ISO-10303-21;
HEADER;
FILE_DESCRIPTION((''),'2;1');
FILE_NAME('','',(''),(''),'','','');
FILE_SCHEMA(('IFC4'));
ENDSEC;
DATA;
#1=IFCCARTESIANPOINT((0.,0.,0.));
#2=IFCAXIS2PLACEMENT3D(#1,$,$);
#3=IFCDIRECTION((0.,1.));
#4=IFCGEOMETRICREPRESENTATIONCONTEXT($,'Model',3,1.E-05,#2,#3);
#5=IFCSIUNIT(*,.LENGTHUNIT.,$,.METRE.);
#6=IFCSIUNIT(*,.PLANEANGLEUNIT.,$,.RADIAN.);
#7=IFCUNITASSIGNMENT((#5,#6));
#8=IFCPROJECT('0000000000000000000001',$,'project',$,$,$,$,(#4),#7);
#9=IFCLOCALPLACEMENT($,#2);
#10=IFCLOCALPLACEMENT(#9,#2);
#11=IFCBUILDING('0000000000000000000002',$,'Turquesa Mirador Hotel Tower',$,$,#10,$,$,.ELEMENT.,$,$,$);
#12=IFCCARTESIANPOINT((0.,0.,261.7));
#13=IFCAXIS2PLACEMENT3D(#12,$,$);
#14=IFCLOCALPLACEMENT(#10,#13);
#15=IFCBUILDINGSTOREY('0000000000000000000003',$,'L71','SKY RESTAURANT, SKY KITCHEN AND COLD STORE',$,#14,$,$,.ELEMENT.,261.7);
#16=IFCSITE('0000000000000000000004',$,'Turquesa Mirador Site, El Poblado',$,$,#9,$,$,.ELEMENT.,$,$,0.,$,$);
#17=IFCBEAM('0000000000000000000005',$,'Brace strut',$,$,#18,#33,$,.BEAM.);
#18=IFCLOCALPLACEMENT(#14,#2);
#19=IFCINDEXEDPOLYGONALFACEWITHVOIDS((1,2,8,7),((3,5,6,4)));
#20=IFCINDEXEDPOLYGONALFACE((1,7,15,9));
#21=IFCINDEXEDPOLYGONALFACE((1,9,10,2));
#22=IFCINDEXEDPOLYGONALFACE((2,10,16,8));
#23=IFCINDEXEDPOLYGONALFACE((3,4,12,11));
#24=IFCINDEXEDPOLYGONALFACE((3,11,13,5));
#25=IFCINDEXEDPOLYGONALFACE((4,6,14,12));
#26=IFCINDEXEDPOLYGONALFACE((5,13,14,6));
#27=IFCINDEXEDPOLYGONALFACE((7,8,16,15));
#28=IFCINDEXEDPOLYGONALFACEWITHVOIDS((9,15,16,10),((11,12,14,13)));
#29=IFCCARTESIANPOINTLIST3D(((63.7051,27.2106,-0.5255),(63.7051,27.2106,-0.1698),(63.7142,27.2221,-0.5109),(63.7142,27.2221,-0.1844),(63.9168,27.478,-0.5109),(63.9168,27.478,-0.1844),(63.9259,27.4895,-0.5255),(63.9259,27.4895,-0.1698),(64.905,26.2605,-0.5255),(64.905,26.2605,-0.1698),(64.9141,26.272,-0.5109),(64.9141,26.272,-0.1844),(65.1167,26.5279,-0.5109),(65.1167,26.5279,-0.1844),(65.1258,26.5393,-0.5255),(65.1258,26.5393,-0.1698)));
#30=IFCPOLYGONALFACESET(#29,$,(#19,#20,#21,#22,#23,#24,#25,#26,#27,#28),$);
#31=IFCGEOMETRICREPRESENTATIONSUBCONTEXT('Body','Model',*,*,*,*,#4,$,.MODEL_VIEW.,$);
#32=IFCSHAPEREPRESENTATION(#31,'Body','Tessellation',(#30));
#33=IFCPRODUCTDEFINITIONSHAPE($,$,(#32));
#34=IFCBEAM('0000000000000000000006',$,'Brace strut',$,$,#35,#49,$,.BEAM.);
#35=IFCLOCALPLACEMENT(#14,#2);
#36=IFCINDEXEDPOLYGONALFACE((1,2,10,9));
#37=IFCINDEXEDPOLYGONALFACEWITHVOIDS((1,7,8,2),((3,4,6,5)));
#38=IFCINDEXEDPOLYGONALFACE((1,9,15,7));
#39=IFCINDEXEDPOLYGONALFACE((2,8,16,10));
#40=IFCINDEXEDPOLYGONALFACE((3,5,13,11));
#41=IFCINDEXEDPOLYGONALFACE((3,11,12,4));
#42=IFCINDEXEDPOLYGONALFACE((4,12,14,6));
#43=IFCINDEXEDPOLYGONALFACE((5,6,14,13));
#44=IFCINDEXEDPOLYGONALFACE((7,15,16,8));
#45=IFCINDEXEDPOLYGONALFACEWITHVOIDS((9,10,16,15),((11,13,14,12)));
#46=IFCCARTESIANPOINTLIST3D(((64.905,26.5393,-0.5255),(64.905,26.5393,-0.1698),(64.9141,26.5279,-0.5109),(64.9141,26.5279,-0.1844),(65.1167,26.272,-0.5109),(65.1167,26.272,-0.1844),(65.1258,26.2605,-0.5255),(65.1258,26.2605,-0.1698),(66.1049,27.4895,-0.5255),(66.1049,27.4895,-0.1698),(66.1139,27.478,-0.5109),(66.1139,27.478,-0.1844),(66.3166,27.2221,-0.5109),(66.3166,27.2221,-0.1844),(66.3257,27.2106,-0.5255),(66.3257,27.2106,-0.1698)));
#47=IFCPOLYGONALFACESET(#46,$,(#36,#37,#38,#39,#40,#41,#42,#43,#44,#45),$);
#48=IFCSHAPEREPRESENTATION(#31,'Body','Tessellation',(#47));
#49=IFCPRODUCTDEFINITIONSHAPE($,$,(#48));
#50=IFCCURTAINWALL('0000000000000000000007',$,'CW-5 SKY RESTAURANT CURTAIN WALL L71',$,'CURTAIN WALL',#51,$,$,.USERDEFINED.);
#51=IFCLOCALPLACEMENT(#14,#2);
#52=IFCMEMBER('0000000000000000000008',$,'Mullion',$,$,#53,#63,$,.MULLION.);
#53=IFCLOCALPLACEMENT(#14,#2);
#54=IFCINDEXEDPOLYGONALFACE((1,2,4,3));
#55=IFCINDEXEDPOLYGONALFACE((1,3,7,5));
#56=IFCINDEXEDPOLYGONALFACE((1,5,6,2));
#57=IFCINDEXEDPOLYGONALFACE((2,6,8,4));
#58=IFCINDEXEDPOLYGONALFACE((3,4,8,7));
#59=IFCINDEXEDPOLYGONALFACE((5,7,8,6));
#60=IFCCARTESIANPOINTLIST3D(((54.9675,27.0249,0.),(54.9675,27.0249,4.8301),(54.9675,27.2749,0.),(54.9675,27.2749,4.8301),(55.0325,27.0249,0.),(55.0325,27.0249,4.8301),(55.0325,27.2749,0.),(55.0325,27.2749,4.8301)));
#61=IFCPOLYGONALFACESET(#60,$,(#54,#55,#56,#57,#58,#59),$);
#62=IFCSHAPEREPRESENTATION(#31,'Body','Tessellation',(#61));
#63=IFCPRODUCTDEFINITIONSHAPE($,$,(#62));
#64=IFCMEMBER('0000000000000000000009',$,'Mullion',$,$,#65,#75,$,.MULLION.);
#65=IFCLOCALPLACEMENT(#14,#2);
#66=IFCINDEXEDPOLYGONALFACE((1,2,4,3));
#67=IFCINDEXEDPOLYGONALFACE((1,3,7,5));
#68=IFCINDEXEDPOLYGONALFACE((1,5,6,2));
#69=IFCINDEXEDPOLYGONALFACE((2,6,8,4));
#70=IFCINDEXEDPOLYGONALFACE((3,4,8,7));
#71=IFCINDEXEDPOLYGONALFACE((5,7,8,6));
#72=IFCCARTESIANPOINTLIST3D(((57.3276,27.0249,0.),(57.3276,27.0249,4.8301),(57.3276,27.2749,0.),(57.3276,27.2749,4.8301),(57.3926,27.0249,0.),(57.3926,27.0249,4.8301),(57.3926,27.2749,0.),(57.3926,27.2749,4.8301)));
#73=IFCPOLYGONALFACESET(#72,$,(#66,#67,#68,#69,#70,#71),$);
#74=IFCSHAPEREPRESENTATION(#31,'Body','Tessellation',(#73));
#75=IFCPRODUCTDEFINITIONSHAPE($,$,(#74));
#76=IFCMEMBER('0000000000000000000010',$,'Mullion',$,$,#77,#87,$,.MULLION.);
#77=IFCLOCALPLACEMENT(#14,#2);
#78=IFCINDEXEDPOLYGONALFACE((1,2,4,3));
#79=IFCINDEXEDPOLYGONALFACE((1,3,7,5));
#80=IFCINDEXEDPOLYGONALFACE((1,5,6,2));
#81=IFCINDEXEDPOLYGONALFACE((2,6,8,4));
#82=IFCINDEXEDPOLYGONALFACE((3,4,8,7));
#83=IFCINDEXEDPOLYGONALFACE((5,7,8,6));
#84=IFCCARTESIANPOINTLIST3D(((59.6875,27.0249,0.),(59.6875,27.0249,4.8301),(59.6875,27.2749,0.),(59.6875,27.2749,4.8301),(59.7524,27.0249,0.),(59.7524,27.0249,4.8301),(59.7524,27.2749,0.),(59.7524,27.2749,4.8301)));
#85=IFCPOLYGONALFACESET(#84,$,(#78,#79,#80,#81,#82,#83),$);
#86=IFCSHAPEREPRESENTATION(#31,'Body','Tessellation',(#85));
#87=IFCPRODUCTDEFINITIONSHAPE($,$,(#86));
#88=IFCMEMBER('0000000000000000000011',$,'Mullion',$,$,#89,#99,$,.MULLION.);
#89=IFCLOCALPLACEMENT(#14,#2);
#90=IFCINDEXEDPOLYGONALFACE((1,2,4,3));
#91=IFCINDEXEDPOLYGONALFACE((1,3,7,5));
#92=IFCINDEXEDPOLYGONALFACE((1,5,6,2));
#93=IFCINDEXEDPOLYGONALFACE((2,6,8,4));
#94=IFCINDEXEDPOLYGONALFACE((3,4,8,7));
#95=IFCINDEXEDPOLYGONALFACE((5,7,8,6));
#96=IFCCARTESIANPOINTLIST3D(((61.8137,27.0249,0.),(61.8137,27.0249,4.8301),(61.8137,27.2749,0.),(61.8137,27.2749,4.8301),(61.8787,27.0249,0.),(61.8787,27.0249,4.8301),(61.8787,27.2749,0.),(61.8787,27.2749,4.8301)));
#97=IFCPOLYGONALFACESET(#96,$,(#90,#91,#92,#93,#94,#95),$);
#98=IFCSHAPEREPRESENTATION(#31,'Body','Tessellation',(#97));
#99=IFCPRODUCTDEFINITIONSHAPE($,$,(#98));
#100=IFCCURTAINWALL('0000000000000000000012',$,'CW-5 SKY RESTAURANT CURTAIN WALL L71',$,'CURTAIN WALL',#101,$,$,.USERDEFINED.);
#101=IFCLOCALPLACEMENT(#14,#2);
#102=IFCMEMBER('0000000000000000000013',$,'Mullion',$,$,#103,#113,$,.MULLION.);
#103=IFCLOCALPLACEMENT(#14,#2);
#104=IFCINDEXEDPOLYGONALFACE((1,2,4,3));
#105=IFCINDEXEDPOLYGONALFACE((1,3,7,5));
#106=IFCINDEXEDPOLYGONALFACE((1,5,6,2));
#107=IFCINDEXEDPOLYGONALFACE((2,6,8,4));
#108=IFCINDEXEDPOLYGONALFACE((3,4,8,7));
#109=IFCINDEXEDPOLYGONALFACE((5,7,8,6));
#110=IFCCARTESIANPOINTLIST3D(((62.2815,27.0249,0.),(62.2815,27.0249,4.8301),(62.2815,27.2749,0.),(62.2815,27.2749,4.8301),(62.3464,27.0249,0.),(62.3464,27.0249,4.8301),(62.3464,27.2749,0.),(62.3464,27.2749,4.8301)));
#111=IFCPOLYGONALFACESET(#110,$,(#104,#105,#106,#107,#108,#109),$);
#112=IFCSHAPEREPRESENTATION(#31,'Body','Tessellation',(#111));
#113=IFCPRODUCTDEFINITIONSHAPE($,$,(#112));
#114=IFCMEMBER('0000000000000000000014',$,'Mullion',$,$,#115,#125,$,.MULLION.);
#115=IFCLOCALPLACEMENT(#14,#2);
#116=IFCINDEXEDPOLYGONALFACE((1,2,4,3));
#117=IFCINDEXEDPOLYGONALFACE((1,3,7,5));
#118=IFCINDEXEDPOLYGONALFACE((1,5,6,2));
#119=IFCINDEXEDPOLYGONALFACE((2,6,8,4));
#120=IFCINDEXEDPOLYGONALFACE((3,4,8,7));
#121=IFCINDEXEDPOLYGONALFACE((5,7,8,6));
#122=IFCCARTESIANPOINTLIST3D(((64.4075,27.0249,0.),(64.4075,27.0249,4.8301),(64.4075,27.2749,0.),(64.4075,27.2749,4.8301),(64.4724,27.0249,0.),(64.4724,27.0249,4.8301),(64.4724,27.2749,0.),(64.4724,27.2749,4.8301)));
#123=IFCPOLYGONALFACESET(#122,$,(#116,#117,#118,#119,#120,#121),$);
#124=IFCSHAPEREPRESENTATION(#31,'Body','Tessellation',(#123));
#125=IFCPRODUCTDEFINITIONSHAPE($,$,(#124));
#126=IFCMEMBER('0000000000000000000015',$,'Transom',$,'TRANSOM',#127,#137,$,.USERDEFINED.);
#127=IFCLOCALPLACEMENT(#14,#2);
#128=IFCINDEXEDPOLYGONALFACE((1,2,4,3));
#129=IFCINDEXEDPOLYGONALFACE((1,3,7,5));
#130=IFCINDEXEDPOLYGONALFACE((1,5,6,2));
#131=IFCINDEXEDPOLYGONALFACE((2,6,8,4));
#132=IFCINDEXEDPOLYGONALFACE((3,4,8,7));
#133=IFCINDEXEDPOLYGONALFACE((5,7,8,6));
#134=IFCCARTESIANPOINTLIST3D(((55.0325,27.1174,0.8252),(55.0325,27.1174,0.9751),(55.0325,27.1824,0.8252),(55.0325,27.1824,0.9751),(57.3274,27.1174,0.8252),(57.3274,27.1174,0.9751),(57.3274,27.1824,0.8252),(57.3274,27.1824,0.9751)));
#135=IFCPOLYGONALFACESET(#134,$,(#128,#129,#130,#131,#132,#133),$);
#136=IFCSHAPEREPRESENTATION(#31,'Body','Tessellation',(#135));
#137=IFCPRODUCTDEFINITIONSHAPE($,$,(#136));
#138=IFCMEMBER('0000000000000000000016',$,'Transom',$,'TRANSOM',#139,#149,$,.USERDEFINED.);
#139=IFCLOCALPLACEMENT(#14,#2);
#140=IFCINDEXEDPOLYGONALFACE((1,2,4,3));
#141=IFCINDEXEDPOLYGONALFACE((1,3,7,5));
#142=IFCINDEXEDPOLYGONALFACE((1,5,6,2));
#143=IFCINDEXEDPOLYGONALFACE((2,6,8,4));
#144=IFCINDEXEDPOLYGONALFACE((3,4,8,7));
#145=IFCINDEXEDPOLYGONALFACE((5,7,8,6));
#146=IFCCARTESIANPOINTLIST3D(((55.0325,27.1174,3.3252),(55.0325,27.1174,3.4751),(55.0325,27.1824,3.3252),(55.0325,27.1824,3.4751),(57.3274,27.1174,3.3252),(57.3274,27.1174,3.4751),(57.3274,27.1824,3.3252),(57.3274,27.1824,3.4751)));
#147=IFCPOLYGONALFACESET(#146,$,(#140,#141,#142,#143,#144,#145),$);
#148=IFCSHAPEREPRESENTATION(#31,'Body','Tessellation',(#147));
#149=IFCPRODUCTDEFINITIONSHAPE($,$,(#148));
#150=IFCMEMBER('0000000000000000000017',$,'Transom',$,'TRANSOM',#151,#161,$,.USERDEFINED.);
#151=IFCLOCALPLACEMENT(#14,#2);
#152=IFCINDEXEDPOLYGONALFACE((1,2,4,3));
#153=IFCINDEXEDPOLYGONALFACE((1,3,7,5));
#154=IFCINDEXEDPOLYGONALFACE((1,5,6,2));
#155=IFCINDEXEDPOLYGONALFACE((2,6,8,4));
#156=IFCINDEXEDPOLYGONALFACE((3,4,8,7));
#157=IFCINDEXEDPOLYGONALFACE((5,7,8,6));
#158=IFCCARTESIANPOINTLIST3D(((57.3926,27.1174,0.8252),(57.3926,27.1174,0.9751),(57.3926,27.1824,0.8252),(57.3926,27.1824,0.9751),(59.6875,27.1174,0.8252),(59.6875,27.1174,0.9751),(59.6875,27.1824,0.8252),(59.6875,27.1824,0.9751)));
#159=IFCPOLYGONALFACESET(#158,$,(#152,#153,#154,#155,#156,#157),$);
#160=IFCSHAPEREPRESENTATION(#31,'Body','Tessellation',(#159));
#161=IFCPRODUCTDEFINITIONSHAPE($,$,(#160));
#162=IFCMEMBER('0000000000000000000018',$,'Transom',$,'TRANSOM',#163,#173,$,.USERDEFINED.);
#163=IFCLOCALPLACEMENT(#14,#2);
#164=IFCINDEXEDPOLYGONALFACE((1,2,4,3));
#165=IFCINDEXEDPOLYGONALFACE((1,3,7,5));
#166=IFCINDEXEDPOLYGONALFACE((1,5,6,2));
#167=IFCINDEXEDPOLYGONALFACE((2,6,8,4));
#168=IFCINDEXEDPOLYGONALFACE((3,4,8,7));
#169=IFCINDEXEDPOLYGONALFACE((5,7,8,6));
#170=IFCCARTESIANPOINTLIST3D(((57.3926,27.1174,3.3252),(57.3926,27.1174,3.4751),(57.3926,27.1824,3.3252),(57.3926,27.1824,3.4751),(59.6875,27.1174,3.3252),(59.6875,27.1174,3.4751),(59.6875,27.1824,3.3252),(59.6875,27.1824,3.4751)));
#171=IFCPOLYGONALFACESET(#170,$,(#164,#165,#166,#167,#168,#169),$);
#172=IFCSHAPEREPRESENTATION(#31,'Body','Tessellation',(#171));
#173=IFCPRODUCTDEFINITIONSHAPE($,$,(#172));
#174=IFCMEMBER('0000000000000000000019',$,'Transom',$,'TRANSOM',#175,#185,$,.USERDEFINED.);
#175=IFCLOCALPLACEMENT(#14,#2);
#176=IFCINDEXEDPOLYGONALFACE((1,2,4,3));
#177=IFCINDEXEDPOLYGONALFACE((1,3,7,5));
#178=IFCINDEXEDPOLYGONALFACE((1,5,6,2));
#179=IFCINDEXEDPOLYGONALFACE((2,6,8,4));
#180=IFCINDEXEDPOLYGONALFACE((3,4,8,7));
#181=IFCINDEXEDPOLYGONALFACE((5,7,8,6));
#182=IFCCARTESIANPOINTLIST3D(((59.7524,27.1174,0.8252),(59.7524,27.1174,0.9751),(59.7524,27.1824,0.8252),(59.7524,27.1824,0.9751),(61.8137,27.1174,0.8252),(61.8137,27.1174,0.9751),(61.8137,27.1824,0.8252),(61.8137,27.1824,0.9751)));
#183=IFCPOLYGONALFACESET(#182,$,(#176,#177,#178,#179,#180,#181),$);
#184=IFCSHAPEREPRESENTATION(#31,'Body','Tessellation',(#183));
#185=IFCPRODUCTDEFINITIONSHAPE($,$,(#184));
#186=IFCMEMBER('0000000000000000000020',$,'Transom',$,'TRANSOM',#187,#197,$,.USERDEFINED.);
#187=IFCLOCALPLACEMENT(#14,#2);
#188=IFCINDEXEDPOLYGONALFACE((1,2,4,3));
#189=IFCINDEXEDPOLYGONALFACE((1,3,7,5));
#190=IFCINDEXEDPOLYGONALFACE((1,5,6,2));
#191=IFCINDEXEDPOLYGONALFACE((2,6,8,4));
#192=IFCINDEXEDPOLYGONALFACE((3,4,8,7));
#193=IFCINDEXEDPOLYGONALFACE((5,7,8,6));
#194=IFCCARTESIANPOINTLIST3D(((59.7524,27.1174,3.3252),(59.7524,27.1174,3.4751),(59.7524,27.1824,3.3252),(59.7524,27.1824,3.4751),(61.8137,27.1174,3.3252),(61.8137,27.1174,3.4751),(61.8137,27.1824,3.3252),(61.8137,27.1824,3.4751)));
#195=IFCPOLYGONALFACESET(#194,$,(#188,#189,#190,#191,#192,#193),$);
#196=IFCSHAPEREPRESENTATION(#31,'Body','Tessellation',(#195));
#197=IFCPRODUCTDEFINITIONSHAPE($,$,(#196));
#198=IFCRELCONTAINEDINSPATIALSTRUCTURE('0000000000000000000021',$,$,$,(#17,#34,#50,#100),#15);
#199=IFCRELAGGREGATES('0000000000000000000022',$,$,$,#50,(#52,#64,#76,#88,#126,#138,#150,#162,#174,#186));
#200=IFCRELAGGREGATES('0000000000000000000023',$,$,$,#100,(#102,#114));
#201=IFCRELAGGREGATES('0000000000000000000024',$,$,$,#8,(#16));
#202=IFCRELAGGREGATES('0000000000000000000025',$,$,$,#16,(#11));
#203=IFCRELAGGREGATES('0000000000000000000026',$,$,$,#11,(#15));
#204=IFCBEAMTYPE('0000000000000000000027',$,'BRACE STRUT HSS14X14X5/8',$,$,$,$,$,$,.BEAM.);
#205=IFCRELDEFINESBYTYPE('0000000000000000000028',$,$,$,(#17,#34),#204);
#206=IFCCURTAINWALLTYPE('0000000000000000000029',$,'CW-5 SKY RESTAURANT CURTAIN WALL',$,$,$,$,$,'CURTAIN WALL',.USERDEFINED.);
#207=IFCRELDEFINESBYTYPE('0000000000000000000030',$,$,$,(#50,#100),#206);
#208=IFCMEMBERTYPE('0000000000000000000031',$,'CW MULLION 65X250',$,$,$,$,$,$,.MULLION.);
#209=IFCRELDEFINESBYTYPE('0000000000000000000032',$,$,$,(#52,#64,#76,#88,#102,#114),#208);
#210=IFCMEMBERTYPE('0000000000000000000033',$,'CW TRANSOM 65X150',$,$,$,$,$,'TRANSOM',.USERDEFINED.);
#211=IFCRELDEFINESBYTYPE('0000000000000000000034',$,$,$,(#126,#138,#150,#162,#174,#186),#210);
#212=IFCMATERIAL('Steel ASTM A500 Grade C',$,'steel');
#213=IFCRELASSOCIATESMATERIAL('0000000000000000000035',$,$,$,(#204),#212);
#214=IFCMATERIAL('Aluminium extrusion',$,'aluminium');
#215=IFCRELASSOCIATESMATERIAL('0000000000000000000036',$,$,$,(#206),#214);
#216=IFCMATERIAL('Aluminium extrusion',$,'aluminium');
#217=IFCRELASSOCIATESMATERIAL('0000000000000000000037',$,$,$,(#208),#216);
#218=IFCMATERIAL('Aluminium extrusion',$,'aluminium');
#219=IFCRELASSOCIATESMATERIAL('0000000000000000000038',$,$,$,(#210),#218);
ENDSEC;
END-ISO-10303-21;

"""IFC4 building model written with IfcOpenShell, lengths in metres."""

from ifc_helpers import new_model, si_unit, direction, frame, origin, origin_2d, place, context, subcontext, project, spatial, rectangle, hollow_rectangle, extrude, material, material_profile, profile_set, type_object, element, aggregate, save


model = new_model("IFC4")

# Units and contexts
model_context = context("Model", 3, precision=1e-05, world=origin(), true_north=direction((0.0, 1.0)))
body_context = subcontext(model_context, "Body", "Model", "MODEL_VIEW")
ifc_project = project(units=[si_unit("LENGTHUNIT", "METRE"), si_unit("PLANEANGLEUNIT", "RADIAN")], contexts=[model_context])

# Site, building, storey
site_placement = place(None, origin())
site = spatial("IfcSite", under=ifc_project, at=site_placement, Name="Turquesa Mirador Site, El Poblado", CompositionType="ELEMENT", RefElevation=0.0)
building_placement = place(site_placement, origin())
building = spatial("IfcBuilding", under=site, at=building_placement, Name="Turquesa Mirador Hotel Tower", CompositionType="ELEMENT")
storey_placement = place(building_placement, frame((0.0, 0.0, 261.7)))
storey = spatial("IfcBuildingStorey", under=building, at=storey_placement, Name="L71", Description="SKY RESTAURANT, SKY KITCHEN AND COLD STORE", CompositionType="ELEMENT", Elevation=261.7)

# Beams
ifc_material_1 = material(Name="Steel ASTM A500 Grade C", Category="steel")
ifc_material_profile_1 = material_profile(ifc_material_1, hollow_rectangle(XDim=0.3557, YDim=0.3557, WallThickness=0.0146, at=origin_2d()), Name="HSS14X14X5/8")
ifc_profile_set_1 = profile_set([ifc_material_profile_1], Name="Steel ASTM A500 Grade C")
beam_type = type_object("IfcBeamType", Name="BRACE STRUT HSS14X14X5/8", PredefinedType="BEAM", material=ifc_profile_set_1)
for number, where, z_axis, x_axis, name in (
    (1, (65.0154, 26.3999, -0.3477), (-0.783971, 0.620797, 0.0), (-0.620797, -0.783971, 0.0), "Brace strut"),
    (2, (65.0154, 26.3999, -0.3477), (0.783971, 0.620797, 0.0), (-0.620797, 0.783971, 0.0), "Brace strut"),
):
    element("IfcBeam", number, at=place(storey_placement, frame(where, z_axis=z_axis, x_axis=x_axis)), inside=storey, type_object=beam_type, Name=name, PredefinedType="BEAM", context=body_context, shape_type="SweptSolid", body=[
        extrude(hollow_rectangle(XDim=0.3557, YDim=0.3557, WallThickness=0.0146, at=origin_2d()), origin(), (0.0, 0.0, 1.0), 1.5305),
    ])

# Curtain walls, members
ifc_material_2 = material(Name="Aluminium extrusion", Category="aluminium")
curtain_wall_type = type_object("IfcCurtainWallType", Name="CW-5 SKY RESTAURANT CURTAIN WALL", ElementType="CURTAIN WALL", PredefinedType="USERDEFINED", material=ifc_material_2)
curtain_wall_1_placement = place(storey_placement, origin())
curtain_wall_1 = element("IfcCurtainWall", 3, at=curtain_wall_1_placement, inside=storey, type_object=curtain_wall_type, Name="CW-5 SKY RESTAURANT CURTAIN WALL L71", ObjectType="CURTAIN WALL", PredefinedType="USERDEFINED")
ifc_material_3 = material(Name="Aluminium extrusion", Category="aluminium")
ifc_material_profile_2 = material_profile(ifc_material_3, rectangle(XDim=0.0649, YDim=0.25, at=origin_2d()), Name="MULLION 65X250")
ifc_profile_set_2 = profile_set([ifc_material_profile_2], Name="Aluminium extrusion")
member_type_1 = type_object("IfcMemberType", Name="CW MULLION 65X250", PredefinedType="MULLION", material=ifc_profile_set_2)
member_1_placement = place(storey_placement, frame((55.0, 27.1499, 0.0), z_axis=(0.0, 0.0, 1.0), x_axis=(1.0, 0.0, 0.0)))
member_1 = element("IfcMember", 4, at=member_1_placement, type_object=member_type_1, Name="Mullion", PredefinedType="MULLION", context=body_context, shape_type="SweptSolid", body=[
    extrude(rectangle(XDim=0.0649, YDim=0.25, at=origin_2d()), origin(), (0.0, 0.0, 1.0), 4.8301),
])
member_2_placement = place(storey_placement, frame((57.3601, 27.1499, 0.0), z_axis=(0.0, 0.0, 1.0), x_axis=(1.0, 0.0, 0.0)))
member_2 = element("IfcMember", 5, at=member_2_placement, type_object=member_type_1, Name="Mullion", PredefinedType="MULLION", context=body_context, shape_type="SweptSolid", body=[
    extrude(rectangle(XDim=0.0649, YDim=0.25, at=origin_2d()), origin(), (0.0, 0.0, 1.0), 4.8301),
])
member_3_placement = place(storey_placement, frame((59.72, 27.1499, 0.0), z_axis=(0.0, 0.0, 1.0), x_axis=(1.0, 0.0, 0.0)))
member_3 = element("IfcMember", 6, at=member_3_placement, type_object=member_type_1, Name="Mullion", PredefinedType="MULLION", context=body_context, shape_type="SweptSolid", body=[
    extrude(rectangle(XDim=0.0649, YDim=0.25, at=origin_2d()), origin(), (0.0, 0.0, 1.0), 4.8301),
])
member_4_placement = place(storey_placement, frame((61.8462, 27.1499, 0.0), z_axis=(0.0, 0.0, 1.0), x_axis=(1.0, 0.0, 0.0)))
member_4 = element("IfcMember", 7, at=member_4_placement, type_object=member_type_1, Name="Mullion", PredefinedType="MULLION", context=body_context, shape_type="SweptSolid", body=[
    extrude(rectangle(XDim=0.0649, YDim=0.25, at=origin_2d()), origin(), (0.0, 0.0, 1.0), 4.8301),
])
curtain_wall_2_placement = place(storey_placement, origin())
curtain_wall_2 = element("IfcCurtainWall", 8, at=curtain_wall_2_placement, inside=storey, type_object=curtain_wall_type, Name="CW-5 SKY RESTAURANT CURTAIN WALL L71", ObjectType="CURTAIN WALL", PredefinedType="USERDEFINED")
member_5_placement = place(storey_placement, frame((62.314, 27.1499, 0.0), z_axis=(0.0, 0.0, 1.0), x_axis=(1.0, 0.0, 0.0)))
member_5 = element("IfcMember", 9, at=member_5_placement, type_object=member_type_1, Name="Mullion", PredefinedType="MULLION", context=body_context, shape_type="SweptSolid", body=[
    extrude(rectangle(XDim=0.0649, YDim=0.25, at=origin_2d()), origin(), (0.0, 0.0, 1.0), 4.8301),
])
member_6_placement = place(storey_placement, frame((64.4399, 27.1499, 0.0), z_axis=(0.0, 0.0, 1.0), x_axis=(1.0, 0.0, 0.0)))
member_6 = element("IfcMember", 10, at=member_6_placement, type_object=member_type_1, Name="Mullion", PredefinedType="MULLION", context=body_context, shape_type="SweptSolid", body=[
    extrude(rectangle(XDim=0.0649, YDim=0.25, at=origin_2d()), origin(), (0.0, 0.0, 1.0), 4.8301),
])

# Members
ifc_material_4 = material(Name="Aluminium extrusion", Category="aluminium")
ifc_material_profile_3 = material_profile(ifc_material_4, rectangle(XDim=0.0649, YDim=0.1499, at=origin_2d()), Name="TRANSOM 65X150")
ifc_profile_set_3 = profile_set([ifc_material_profile_3], Name="Aluminium extrusion")
member_type_2 = type_object("IfcMemberType", Name="CW TRANSOM 65X150", ElementType="TRANSOM", PredefinedType="USERDEFINED", material=ifc_profile_set_3)
member_7_placement = place(storey_placement, frame((55.0325, 27.1499, 0.9001), z_axis=(1.0, 0.0, 0.0), x_axis=(0.0, 1.0, 0.0)))
member_7 = element("IfcMember", 11, at=member_7_placement, type_object=member_type_2, Name="Transom", ObjectType="TRANSOM", PredefinedType="USERDEFINED", context=body_context, shape_type="SweptSolid", body=[
    extrude(rectangle(XDim=0.0649, YDim=0.1499, at=origin_2d()), origin(), (0.0, 0.0, 1.0), 2.2949),
])
member_8_placement = place(storey_placement, frame((55.0325, 27.1499, 3.4001), z_axis=(1.0, 0.0, 0.0), x_axis=(0.0, 1.0, 0.0)))
member_8 = element("IfcMember", 12, at=member_8_placement, type_object=member_type_2, Name="Transom", ObjectType="TRANSOM", PredefinedType="USERDEFINED", context=body_context, shape_type="SweptSolid", body=[
    extrude(rectangle(XDim=0.0649, YDim=0.1499, at=origin_2d()), origin(), (0.0, 0.0, 1.0), 2.2949),
])
member_9_placement = place(storey_placement, frame((57.3926, 27.1499, 0.9001), z_axis=(1.0, 0.0, 0.0), x_axis=(0.0, 1.0, 0.0)))
member_9 = element("IfcMember", 13, at=member_9_placement, type_object=member_type_2, Name="Transom", ObjectType="TRANSOM", PredefinedType="USERDEFINED", context=body_context, shape_type="SweptSolid", body=[
    extrude(rectangle(XDim=0.0649, YDim=0.1499, at=origin_2d()), origin(), (0.0, 0.0, 1.0), 2.2949),
])
member_10_placement = place(storey_placement, frame((57.3926, 27.1499, 3.4001), z_axis=(1.0, 0.0, 0.0), x_axis=(0.0, 1.0, 0.0)))
member_10 = element("IfcMember", 14, at=member_10_placement, type_object=member_type_2, Name="Transom", ObjectType="TRANSOM", PredefinedType="USERDEFINED", context=body_context, shape_type="SweptSolid", body=[
    extrude(rectangle(XDim=0.0649, YDim=0.1499, at=origin_2d()), origin(), (0.0, 0.0, 1.0), 2.2949),
])
member_11_placement = place(storey_placement, frame((59.7524, 27.1499, 0.9001), z_axis=(1.0, 0.0, 0.0), x_axis=(0.0, 1.0, 0.0)))
member_11 = element("IfcMember", 15, at=member_11_placement, type_object=member_type_2, Name="Transom", ObjectType="TRANSOM", PredefinedType="USERDEFINED", context=body_context, shape_type="SweptSolid", body=[
    extrude(rectangle(XDim=0.0649, YDim=0.1499, at=origin_2d()), origin(), (0.0, 0.0, 1.0), 2.0613),
])
member_12_placement = place(storey_placement, frame((59.7524, 27.1499, 3.4001), z_axis=(1.0, 0.0, 0.0), x_axis=(0.0, 1.0, 0.0)))
member_12 = element("IfcMember", 16, at=member_12_placement, type_object=member_type_2, Name="Transom", ObjectType="TRANSOM", PredefinedType="USERDEFINED", context=body_context, shape_type="SweptSolid", body=[
    extrude(rectangle(XDim=0.0649, YDim=0.1499, at=origin_2d()), origin(), (0.0, 0.0, 1.0), 2.0613),
])

aggregate(curtain_wall_1, [member_1, member_2, member_3, member_4, member_7, member_8, member_9, member_10, member_11, member_12])
aggregate(curtain_wall_2, [member_5, member_6])

save(model, "model.ifc")
